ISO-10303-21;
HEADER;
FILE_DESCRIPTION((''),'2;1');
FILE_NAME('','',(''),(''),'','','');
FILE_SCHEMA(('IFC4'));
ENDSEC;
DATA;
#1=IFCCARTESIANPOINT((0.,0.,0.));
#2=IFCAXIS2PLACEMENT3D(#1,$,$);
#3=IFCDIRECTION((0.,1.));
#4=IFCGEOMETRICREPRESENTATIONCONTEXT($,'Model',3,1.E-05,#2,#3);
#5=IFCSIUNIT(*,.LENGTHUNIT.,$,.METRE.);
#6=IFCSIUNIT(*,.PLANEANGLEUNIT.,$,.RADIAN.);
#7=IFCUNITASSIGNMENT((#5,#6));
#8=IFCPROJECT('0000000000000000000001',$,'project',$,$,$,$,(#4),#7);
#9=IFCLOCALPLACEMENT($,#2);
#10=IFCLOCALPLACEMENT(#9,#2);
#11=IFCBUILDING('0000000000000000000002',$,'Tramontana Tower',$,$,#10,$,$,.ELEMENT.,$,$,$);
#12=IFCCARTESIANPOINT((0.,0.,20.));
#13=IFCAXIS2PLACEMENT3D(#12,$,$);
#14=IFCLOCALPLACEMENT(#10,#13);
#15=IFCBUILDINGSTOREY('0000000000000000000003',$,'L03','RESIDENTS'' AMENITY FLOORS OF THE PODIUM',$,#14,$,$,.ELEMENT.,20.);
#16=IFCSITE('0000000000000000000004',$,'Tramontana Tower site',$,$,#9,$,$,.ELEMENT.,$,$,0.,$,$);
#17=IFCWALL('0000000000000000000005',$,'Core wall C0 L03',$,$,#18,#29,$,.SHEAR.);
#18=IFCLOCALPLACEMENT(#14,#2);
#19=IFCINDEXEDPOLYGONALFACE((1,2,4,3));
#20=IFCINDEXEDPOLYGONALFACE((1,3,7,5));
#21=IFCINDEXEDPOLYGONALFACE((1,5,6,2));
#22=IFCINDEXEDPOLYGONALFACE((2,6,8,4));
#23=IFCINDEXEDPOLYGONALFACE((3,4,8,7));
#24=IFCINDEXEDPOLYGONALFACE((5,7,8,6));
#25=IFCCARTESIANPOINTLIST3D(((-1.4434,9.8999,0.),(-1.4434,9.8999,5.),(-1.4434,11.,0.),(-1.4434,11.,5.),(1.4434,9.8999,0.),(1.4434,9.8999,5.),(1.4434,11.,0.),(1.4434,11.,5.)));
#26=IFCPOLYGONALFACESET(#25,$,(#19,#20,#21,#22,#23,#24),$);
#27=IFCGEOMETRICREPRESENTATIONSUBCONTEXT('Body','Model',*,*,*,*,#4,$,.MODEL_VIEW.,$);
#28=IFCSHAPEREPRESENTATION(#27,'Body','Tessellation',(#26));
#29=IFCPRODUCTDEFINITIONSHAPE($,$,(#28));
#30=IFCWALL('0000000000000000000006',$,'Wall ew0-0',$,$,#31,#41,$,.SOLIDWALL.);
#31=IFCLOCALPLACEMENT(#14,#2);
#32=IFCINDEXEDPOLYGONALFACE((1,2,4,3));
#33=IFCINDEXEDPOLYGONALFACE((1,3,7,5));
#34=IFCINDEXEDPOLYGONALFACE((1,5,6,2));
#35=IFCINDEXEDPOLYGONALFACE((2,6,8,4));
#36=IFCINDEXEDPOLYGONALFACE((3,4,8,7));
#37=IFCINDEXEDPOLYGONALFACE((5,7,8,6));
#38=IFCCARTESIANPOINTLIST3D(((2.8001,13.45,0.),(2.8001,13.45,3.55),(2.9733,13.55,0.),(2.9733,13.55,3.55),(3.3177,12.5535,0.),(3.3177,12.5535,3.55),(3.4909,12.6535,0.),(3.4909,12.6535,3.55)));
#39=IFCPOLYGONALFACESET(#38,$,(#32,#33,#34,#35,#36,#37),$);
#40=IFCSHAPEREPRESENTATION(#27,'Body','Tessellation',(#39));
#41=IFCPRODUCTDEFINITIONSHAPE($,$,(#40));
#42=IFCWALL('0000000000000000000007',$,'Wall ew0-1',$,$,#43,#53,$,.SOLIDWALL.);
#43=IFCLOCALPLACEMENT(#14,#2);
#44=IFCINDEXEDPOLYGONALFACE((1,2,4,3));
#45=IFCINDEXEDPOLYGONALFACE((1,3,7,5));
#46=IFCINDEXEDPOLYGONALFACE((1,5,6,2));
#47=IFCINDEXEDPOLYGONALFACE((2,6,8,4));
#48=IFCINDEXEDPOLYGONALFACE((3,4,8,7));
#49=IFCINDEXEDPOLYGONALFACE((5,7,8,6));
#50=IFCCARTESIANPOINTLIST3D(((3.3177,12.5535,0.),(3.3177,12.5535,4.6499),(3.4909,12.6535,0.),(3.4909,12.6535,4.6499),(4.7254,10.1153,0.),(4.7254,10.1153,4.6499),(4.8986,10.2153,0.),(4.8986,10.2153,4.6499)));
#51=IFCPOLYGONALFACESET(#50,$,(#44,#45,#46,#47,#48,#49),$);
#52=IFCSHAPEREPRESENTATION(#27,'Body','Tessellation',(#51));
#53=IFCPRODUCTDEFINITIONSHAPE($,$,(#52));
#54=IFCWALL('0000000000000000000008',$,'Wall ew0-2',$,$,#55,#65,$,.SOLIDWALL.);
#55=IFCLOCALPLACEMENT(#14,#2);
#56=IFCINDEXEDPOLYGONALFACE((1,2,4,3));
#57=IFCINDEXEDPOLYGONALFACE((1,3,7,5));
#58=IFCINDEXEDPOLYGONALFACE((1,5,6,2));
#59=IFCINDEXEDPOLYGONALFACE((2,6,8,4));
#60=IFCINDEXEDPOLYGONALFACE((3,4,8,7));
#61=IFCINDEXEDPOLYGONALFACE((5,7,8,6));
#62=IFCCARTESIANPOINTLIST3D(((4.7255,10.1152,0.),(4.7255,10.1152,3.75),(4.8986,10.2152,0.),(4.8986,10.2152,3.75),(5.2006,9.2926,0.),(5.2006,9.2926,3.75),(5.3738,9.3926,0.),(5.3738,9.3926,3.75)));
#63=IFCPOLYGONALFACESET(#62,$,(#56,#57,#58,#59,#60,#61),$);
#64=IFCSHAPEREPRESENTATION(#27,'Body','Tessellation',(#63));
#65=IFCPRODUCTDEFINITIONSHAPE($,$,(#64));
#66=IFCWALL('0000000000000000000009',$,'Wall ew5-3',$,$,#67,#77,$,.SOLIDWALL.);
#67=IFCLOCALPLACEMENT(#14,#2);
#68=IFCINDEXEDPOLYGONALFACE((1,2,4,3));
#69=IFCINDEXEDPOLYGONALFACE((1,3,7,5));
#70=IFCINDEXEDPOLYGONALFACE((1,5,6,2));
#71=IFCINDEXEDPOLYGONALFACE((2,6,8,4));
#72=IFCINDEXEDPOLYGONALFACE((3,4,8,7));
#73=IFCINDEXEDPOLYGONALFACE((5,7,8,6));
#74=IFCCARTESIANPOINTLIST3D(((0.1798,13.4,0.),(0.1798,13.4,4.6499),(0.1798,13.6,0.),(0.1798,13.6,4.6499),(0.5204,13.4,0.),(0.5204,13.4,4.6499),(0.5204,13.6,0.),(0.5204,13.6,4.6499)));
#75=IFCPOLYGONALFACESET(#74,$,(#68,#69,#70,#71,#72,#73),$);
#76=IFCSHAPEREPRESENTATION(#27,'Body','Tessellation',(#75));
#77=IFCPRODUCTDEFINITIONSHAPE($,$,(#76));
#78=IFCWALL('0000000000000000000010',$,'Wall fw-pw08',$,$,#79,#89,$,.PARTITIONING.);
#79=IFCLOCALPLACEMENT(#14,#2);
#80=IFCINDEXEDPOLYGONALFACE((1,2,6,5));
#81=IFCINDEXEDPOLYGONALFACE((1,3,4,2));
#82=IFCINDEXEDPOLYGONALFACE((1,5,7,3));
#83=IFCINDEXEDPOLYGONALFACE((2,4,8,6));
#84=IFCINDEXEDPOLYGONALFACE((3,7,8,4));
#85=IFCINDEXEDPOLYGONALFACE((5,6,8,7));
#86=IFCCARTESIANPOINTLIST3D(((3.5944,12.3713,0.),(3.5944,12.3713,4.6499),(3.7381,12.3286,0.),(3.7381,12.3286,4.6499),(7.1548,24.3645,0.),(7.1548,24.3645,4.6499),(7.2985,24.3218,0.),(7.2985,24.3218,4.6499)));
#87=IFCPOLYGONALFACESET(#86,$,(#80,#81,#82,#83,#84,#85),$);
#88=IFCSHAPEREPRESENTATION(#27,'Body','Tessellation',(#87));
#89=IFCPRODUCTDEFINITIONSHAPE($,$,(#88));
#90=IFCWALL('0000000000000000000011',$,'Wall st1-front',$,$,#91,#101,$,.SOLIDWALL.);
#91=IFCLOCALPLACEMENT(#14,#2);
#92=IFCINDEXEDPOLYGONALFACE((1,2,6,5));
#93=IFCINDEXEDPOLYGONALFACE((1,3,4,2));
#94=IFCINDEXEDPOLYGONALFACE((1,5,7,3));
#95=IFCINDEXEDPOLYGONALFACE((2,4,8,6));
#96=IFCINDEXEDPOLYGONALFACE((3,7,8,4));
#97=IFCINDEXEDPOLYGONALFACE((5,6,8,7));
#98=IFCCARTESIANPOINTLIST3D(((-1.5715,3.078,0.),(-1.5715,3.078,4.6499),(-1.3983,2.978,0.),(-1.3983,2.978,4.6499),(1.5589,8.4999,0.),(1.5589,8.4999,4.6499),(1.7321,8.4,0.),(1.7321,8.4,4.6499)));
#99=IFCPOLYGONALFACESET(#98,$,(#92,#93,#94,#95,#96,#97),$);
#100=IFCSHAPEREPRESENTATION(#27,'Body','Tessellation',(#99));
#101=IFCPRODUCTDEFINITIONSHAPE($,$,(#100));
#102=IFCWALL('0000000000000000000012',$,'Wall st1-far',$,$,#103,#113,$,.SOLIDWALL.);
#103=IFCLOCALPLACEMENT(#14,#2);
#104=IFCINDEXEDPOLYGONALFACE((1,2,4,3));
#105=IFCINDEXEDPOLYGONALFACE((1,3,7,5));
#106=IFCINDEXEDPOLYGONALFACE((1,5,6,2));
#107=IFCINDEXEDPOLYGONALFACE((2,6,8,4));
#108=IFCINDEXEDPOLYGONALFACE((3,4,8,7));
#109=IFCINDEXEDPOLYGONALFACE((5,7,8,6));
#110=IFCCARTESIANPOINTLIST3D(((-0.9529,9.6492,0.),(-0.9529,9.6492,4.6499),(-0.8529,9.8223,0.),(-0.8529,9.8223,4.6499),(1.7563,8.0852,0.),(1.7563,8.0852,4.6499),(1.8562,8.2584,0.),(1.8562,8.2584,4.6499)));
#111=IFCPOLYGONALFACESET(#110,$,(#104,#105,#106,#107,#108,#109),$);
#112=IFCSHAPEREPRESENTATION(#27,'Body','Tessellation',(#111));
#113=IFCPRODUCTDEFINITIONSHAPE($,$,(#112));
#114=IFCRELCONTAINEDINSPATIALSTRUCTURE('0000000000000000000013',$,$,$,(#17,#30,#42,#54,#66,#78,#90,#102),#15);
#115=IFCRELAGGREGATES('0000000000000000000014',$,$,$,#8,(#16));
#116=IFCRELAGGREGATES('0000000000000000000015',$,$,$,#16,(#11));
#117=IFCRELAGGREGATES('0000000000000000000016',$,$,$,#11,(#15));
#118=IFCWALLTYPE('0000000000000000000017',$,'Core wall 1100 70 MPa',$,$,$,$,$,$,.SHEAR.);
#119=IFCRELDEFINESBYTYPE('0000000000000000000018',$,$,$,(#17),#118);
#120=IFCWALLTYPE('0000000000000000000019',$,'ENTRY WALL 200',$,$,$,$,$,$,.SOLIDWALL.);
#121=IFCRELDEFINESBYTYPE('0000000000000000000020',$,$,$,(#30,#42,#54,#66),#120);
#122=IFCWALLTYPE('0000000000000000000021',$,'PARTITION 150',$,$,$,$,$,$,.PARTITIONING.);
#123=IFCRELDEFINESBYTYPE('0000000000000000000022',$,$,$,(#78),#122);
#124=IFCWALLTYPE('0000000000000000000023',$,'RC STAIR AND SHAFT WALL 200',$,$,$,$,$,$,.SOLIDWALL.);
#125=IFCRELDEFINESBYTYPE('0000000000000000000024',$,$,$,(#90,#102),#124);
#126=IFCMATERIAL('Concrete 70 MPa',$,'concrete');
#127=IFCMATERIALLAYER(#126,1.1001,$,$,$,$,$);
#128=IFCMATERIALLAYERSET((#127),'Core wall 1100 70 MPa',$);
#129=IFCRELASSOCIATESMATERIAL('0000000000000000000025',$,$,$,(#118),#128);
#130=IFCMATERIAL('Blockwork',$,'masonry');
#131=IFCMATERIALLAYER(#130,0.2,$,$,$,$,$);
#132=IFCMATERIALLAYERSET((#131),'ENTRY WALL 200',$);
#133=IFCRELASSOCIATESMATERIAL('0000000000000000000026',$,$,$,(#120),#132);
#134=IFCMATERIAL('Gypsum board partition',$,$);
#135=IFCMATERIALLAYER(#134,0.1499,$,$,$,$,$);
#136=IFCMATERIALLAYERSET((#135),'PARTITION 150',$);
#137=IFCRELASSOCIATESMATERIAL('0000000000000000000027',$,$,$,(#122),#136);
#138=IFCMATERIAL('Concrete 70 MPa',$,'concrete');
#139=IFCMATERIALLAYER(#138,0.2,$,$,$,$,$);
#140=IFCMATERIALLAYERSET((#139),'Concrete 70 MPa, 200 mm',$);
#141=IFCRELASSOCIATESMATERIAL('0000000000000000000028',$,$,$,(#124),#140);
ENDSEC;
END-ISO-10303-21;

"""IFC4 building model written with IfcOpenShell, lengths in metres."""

from ifc_helpers import new_model, si_unit, direction, frame, frame_2d, origin, place, context, subcontext, project, spatial, rectangle, extrude, material, layer, layer_set, type_object, element, save


model = new_model("IFC4")

# Units and contexts
model_context = context("Model", 3, precision=1e-05, world=origin(), true_north=direction((0.0, 1.0)))
body_context = subcontext(model_context, "Body", "Model", "MODEL_VIEW")
ifc_project = project(units=[si_unit("LENGTHUNIT", "METRE"), si_unit("PLANEANGLEUNIT", "RADIAN")], contexts=[model_context])

# Site, building, storey
site_placement = place(None, origin())
site = spatial("IfcSite", under=ifc_project, at=site_placement, Name="Tramontana Tower site", CompositionType="ELEMENT", RefElevation=0.0)
building_placement = place(site_placement, origin())
building = spatial("IfcBuilding", under=site, at=building_placement, Name="Tramontana Tower", CompositionType="ELEMENT")
storey_placement = place(building_placement, frame((0.0, 0.0, 20.0)))
storey = spatial("IfcBuildingStorey", under=building, at=storey_placement, Name="L03", Description="RESIDENTS' AMENITY FLOORS OF THE PODIUM", CompositionType="ELEMENT", Elevation=20.0)

# Walls
ifc_material_1 = material(Name="Concrete 70 MPa", Category="concrete")
ifc_layer_1 = layer(ifc_material_1, 1.1001)
ifc_layer_set_1 = layer_set([ifc_layer_1], Name="Core wall 1100 70 MPa")
wall_type_1 = type_object("IfcWallType", Name="Core wall 1100 70 MPa", PredefinedType="SHEAR", material=ifc_layer_set_1)
wall_1_placement = place(storey_placement, frame((1.4434, 10.45, 0.0), z_axis=(0.0, 0.0, 1.0), x_axis=(-1.0, 0.0, 0.0)))
element("IfcWall", 1, at=wall_1_placement, inside=storey, type_object=wall_type_1, Name="Core wall C0 L03", PredefinedType="SHEAR", context=body_context, shape_type="SweptSolid", body=[
    extrude(rectangle(XDim=2.8867, YDim=1.1001, at=frame_2d((1.4434, 0.0))), origin(), (0.0, 0.0, 1.0), 5.0),
])
ifc_material_2 = material(Name="Blockwork", Category="masonry")
ifc_layer_2 = layer(ifc_material_2, 0.2)
ifc_layer_set_2 = layer_set([ifc_layer_2], Name="ENTRY WALL 200")
wall_type_2 = type_object("IfcWallType", Name="ENTRY WALL 200", PredefinedType="SOLIDWALL", material=ifc_layer_set_2)
wall_2_placement = place(storey_placement, frame((2.8867, 13.5, 0.0), z_axis=(0.0, 0.0, 1.0), x_axis=(0.499995, -0.866028, 0.0)))
element("IfcWall", 2, at=wall_2_placement, inside=storey, type_object=wall_type_2, Name="Wall ew0-0", PredefinedType="SOLIDWALL", context=body_context, shape_type="SweptSolid", body=[
    extrude(rectangle(XDim=1.0352, YDim=0.2, at=frame_2d((0.5176, 0.0))), origin(), (0.0, 0.0, 1.0), 3.55),
])
wall_3_placement = place(storey_placement, frame((3.4043, 12.6035, 0.0), z_axis=(0.0, 0.0, 1.0), x_axis=(0.5, -0.866025, 0.0)))
element("IfcWall", 3, at=wall_3_placement, inside=storey, type_object=wall_type_2, Name="Wall ew0-1", PredefinedType="SOLIDWALL", context=body_context, shape_type="SweptSolid", body=[
    extrude(rectangle(XDim=2.8154, YDim=0.2, at=frame_2d((1.4077, 0.0))), origin(), (0.0, 0.0, 1.0), 4.6499),
])
wall_4_placement = place(storey_placement, frame((4.812, 10.1653, 0.0), z_axis=(0.0, 0.0, 1.0), x_axis=(0.500175, -0.865924, 0.0)))
element("IfcWall", 4, at=wall_4_placement, inside=storey, type_object=wall_type_2, Name="Wall ew0-2", PredefinedType="SOLIDWALL", context=body_context, shape_type="SweptSolid", body=[
    extrude(rectangle(XDim=0.95, YDim=0.2, at=frame_2d((0.4751, 0.0))), origin(), (0.0, 0.0, 1.0), 3.75),
])

# Wall
wall_5_placement = place(storey_placement, frame((0.1797, 13.5, 0.0), z_axis=(0.0, 0.0, 1.0), x_axis=(1.0, 0.0, 0.0)))
element("IfcWall", 5, at=wall_5_placement, inside=storey, type_object=wall_type_2, Name="Wall ew5-3", PredefinedType="SOLIDWALL", context=body_context, shape_type="SweptSolid", body=[
    extrude(rectangle(XDim=0.3406, YDim=0.2, at=frame_2d((0.1704, 0.0))), origin(), (0.0, 0.0, 1.0), 4.6499),
])

# Walls
ifc_material_3 = material(Name="Gypsum board partition")
ifc_layer_3 = layer(ifc_material_3, 0.1499)
ifc_layer_set_3 = layer_set([ifc_layer_3], Name="PARTITION 150")
wall_type_3 = type_object("IfcWallType", Name="PARTITION 150", PredefinedType="PARTITIONING", material=ifc_layer_set_3)
wall_6_placement = place(storey_placement, frame((3.6663, 12.3499, 0.0), z_axis=(0.0, 0.0, 1.0), x_axis=(0.284586, 0.958651, 0.0)))
element("IfcWall", 6, at=wall_6_placement, inside=storey, type_object=wall_type_3, Name="Wall fw-pw08", PredefinedType="PARTITIONING", context=body_context, shape_type="SweptSolid", body=[
    extrude(rectangle(XDim=12.5105, YDim=0.1499, at=frame_2d((6.2554, 0.0))), origin(), (0.0, 0.0, 1.0), 4.6499),
])
ifc_material_4 = material(Name="Concrete 70 MPa", Category="concrete")
ifc_layer_4 = layer(ifc_material_4, 0.2)
ifc_layer_set_4 = layer_set([ifc_layer_4], Name="Concrete 70 MPa, 200 mm")
wall_type_4 = type_object("IfcWallType", Name="RC STAIR AND SHAFT WALL 200", PredefinedType="SOLIDWALL", material=ifc_layer_set_4)
wall_7_placement = place(storey_placement, frame((1.6455, 8.45, 0.0), z_axis=(0.0, 0.0, 1.0), x_axis=(-0.500006, -0.866022, 0.0)))
element("IfcWall", 7, at=wall_7_placement, inside=storey, type_object=wall_type_4, Name="Wall st1-front", PredefinedType="SOLIDWALL", context=body_context, shape_type="SweptSolid", body=[
    extrude(rectangle(XDim=6.2607, YDim=0.2, at=frame_2d((3.1304, 0.0))), origin(), (0.0, 0.0, 1.0), 4.6499),
])
wall_8_placement = place(storey_placement, frame((1.8062, 8.1719, 0.0), z_axis=(0.0, 0.0, 1.0), x_axis=(-0.866054, 0.49995, 0.0)))
element("IfcWall", 8, at=wall_8_placement, inside=storey, type_object=wall_type_4, Name="Wall st1-far", PredefinedType="SOLIDWALL", context=body_context, shape_type="SweptSolid", body=[
    extrude(rectangle(XDim=3.1282, YDim=0.2, at=frame_2d((1.564, 0.0))), origin(), (0.0, 0.0, 1.0), 4.6499),
])

save(model, "model.ifc")
